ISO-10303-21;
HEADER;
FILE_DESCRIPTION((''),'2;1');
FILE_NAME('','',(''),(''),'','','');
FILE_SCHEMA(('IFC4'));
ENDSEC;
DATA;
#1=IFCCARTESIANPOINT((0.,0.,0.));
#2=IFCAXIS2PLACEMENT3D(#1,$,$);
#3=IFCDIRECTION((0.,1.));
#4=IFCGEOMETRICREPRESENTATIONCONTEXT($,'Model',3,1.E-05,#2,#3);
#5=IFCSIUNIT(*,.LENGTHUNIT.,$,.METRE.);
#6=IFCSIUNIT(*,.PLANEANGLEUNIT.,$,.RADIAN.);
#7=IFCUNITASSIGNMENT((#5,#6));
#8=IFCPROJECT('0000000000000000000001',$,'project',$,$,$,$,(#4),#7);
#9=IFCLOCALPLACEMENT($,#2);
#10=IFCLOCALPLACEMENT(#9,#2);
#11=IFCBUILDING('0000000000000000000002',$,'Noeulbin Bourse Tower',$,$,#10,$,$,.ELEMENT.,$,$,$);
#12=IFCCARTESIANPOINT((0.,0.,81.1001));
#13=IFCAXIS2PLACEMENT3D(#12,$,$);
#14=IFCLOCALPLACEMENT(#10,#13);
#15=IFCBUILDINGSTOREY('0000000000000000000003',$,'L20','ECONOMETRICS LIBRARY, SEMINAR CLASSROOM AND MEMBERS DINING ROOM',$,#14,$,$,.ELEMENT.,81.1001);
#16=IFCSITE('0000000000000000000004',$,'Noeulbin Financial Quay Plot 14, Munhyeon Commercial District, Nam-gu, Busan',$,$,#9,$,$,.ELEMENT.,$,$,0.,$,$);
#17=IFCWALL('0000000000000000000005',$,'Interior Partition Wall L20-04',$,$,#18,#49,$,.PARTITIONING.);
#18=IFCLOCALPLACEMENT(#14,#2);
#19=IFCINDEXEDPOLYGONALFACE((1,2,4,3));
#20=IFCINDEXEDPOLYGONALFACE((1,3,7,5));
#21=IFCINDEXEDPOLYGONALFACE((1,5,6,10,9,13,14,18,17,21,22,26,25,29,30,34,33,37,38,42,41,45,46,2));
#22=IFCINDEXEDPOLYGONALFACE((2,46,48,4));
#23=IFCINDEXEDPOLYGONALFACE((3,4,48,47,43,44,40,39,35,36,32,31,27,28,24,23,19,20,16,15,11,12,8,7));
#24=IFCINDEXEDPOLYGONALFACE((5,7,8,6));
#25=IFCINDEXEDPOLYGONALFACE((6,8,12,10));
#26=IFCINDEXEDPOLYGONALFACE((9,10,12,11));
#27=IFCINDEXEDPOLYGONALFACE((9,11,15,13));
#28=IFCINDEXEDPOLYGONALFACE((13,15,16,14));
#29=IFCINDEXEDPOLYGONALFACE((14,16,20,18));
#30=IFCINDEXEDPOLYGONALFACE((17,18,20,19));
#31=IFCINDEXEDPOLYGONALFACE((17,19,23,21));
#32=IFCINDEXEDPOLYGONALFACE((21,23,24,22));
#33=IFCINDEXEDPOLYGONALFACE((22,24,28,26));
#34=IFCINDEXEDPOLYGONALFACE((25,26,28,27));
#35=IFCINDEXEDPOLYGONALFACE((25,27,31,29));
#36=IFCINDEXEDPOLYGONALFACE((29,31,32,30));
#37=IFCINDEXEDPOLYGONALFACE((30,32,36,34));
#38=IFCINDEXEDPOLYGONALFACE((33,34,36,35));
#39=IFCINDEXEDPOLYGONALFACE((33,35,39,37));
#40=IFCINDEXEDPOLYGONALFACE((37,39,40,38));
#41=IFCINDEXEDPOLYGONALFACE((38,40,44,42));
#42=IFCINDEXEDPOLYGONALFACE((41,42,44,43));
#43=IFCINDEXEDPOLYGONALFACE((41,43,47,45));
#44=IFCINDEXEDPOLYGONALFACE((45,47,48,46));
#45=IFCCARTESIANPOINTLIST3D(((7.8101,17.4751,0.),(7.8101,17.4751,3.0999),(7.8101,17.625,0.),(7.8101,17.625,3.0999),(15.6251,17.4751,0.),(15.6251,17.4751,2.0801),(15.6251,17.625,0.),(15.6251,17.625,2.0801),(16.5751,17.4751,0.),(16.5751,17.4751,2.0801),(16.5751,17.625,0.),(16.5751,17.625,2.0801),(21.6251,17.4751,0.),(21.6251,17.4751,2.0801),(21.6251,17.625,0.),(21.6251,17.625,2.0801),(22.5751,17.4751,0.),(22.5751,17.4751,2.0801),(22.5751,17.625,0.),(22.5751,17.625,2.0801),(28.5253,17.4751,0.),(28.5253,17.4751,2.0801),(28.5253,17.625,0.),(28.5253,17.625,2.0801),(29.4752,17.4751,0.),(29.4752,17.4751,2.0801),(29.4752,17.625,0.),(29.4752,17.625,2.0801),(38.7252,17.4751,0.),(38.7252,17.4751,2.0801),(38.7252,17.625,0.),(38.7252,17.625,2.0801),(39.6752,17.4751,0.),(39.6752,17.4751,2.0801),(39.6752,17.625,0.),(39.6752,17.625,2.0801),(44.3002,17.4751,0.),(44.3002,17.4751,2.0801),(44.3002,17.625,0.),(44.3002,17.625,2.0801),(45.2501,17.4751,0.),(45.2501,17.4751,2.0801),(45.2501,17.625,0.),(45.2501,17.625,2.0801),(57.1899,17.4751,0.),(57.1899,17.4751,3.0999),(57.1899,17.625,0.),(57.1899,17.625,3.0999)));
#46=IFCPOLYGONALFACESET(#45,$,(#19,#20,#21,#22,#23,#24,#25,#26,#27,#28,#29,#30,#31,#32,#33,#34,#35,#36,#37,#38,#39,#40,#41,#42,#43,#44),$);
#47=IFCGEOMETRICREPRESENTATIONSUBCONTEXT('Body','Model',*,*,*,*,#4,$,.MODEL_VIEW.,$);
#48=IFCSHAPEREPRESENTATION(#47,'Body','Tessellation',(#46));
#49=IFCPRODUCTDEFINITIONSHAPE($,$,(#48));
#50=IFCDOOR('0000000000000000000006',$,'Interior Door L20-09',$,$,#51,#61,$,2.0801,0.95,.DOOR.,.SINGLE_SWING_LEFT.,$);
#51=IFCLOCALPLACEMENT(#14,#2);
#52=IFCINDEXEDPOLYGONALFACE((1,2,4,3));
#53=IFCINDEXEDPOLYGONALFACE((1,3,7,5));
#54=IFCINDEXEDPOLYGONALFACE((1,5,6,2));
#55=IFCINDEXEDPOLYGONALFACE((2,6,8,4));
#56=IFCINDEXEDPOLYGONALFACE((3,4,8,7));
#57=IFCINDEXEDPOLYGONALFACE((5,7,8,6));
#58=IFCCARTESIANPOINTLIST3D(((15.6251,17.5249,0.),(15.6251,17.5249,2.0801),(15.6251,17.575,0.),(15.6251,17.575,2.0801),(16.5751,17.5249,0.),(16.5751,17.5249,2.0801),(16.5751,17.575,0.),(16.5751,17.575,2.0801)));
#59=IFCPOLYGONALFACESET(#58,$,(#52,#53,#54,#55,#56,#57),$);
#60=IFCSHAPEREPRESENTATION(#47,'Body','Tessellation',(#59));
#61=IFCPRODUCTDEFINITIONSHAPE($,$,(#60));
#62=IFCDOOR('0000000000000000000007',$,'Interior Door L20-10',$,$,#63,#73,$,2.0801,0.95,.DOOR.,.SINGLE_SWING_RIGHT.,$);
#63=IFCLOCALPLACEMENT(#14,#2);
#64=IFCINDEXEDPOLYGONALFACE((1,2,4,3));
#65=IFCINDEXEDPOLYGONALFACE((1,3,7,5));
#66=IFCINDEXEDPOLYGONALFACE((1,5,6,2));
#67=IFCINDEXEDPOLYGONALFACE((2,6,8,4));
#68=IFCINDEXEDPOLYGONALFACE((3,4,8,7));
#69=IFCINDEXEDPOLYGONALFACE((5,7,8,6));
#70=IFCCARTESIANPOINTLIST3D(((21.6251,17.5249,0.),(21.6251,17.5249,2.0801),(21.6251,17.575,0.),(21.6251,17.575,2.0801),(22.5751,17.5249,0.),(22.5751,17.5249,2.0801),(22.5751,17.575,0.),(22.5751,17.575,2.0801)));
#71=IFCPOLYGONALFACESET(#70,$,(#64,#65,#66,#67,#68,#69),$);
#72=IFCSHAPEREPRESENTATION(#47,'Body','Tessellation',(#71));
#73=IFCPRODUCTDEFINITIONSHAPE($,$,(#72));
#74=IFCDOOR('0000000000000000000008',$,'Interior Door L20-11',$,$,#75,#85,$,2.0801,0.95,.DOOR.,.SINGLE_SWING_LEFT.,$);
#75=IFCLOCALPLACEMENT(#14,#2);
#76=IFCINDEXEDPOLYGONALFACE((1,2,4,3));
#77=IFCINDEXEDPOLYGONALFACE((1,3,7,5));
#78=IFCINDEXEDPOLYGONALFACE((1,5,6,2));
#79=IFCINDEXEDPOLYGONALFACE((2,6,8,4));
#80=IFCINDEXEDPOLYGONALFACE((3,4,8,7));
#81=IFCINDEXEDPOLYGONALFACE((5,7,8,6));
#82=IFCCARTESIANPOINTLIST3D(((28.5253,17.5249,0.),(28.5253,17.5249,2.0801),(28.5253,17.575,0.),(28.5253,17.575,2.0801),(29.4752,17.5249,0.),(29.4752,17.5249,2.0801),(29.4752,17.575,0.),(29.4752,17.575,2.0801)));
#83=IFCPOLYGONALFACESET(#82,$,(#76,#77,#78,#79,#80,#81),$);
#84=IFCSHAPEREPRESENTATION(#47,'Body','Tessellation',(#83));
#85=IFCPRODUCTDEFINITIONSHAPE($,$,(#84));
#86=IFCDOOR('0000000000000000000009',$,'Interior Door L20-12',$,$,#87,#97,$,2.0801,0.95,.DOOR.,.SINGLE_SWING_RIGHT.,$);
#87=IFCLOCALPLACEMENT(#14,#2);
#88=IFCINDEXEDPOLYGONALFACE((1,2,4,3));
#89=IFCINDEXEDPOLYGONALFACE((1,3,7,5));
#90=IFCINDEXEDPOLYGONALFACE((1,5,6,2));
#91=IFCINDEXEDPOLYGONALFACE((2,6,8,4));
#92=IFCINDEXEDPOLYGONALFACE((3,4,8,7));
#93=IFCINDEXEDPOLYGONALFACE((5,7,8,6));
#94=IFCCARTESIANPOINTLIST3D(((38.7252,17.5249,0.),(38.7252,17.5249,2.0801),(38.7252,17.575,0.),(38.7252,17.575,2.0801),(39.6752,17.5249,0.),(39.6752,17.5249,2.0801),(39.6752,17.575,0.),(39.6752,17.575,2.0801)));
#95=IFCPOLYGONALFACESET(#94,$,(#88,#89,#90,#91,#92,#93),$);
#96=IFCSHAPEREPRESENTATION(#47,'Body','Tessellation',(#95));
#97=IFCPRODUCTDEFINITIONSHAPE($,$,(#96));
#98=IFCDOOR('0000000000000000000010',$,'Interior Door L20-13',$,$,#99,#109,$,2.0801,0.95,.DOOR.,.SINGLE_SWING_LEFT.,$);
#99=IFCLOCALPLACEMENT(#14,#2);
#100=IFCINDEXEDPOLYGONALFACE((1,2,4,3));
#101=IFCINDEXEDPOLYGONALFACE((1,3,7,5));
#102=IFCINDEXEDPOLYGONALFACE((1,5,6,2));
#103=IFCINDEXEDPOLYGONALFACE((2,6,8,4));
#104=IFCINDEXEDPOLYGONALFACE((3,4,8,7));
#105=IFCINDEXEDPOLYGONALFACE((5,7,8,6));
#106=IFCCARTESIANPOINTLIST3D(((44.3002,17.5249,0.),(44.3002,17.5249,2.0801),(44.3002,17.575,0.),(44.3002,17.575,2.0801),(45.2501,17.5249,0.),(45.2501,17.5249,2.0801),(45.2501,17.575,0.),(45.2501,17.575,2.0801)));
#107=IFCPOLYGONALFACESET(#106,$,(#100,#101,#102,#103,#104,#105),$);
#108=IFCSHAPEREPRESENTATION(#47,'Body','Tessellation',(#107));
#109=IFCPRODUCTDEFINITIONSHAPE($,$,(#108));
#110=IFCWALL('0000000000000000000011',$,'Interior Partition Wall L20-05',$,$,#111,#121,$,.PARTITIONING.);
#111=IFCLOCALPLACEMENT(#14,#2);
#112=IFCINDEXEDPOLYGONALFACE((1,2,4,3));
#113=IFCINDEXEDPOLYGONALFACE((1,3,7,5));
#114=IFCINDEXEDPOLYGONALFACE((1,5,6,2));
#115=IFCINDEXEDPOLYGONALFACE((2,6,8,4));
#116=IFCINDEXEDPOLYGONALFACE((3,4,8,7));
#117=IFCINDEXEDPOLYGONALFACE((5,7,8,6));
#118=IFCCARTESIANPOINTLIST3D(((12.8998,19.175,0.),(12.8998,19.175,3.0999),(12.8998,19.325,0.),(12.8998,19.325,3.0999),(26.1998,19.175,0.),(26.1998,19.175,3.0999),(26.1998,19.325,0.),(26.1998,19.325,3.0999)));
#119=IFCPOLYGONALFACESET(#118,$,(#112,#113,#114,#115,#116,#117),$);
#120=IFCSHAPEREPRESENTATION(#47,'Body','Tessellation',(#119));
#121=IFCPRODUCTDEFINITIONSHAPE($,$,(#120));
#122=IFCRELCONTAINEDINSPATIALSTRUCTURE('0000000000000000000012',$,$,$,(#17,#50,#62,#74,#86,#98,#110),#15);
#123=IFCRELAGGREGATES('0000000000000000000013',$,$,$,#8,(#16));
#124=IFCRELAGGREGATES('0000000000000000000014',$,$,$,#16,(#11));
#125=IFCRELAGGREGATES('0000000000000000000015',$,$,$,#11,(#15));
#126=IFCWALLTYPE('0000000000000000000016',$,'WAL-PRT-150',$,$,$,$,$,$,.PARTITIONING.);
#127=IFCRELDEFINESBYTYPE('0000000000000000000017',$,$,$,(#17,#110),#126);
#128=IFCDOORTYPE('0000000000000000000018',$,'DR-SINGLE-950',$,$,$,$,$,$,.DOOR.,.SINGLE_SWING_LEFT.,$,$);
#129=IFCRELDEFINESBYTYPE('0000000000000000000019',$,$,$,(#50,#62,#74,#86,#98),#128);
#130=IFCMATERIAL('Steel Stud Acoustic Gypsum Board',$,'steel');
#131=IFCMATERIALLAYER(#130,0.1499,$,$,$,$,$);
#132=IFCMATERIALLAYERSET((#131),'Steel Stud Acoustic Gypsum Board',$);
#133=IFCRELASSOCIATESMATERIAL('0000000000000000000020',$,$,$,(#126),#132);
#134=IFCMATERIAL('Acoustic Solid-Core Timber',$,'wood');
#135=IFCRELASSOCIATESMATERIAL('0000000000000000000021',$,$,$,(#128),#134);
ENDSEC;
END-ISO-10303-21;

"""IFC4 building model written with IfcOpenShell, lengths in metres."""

from ifc_helpers import new_model, si_unit, direction, frame, frame_2d, origin, place, context, subcontext, project, spatial, rectangle, extrude, material, layer, layer_set, type_object, element, fill, save


model = new_model("IFC4")

# Units and contexts
model_context = context("Model", 3, precision=1e-05, world=origin(), true_north=direction((0.0, 1.0)))
body_context = subcontext(model_context, "Body", "Model", "MODEL_VIEW")
ifc_project = project(units=[si_unit("LENGTHUNIT", "METRE"), si_unit("PLANEANGLEUNIT", "RADIAN")], contexts=[model_context])

# Site, building, storey
site_placement = place(None, origin())
site = spatial("IfcSite", under=ifc_project, at=site_placement, Name="Noeulbin Financial Quay Plot 14, Munhyeon Commercial District, Nam-gu, Busan", CompositionType="ELEMENT", RefElevation=0.0)
building_placement = place(site_placement, origin())
building = spatial("IfcBuilding", under=site, at=building_placement, Name="Noeulbin Bourse Tower", CompositionType="ELEMENT")
storey_placement = place(building_placement, frame((0.0, 0.0, 81.1001)))
storey = spatial("IfcBuildingStorey", under=building, at=storey_placement, Name="L20", Description="ECONOMETRICS LIBRARY, SEMINAR CLASSROOM AND MEMBERS DINING ROOM", CompositionType="ELEMENT", Elevation=81.1001)

# Wall, openings, doors
ifc_material_1 = material(Name="Steel Stud Acoustic Gypsum Board", Category="steel")
ifc_layer_1 = layer(ifc_material_1, 0.1499)
ifc_layer_set_1 = layer_set([ifc_layer_1], Name="Steel Stud Acoustic Gypsum Board")
wall_type = type_object("IfcWallType", Name="WAL-PRT-150", PredefinedType="PARTITIONING", material=ifc_layer_set_1)
wall_1_placement = place(storey_placement, frame((7.8101, 17.55, 0.0), z_axis=(0.0, 0.0, 1.0), x_axis=(1.0, 0.0, 0.0)))
wall_1 = element("IfcWall", 1, at=wall_1_placement, inside=storey, type_object=wall_type, Name="Interior Partition Wall L20-04", PredefinedType="PARTITIONING", context=body_context, shape_type="SweptSolid", body=[
    extrude(rectangle(XDim=49.3799, YDim=0.1499, at=frame_2d((24.6899, 0.0))), origin(), (0.0, 0.0, 1.0), 3.0999),
])
opening_1_placement = place(wall_1_placement, frame((7.8149, 0.0, 0.0)))
opening_1 = element("IfcOpeningElement", 2, at=opening_1_placement, cuts=wall_1, PredefinedType="OPENING", context=body_context, shape_type="SweptSolid", body=[
    extrude(rectangle(XDim=0.95, YDim=2.0801, at=frame_2d((0.4751, 1.04))), frame((0.0, 0.085, 0.0), z_axis=(0.0, -1.0, 0.0), x_axis=(1.0, 0.0, 0.0)), (0.0, 0.0, 1.0), 0.1699),
])
opening_2_placement = place(wall_1_placement, frame((13.8149, 0.0, 0.0)))
opening_2 = element("IfcOpeningElement", 3, at=opening_2_placement, cuts=wall_1, PredefinedType="OPENING", context=body_context, shape_type="SweptSolid", body=[
    extrude(rectangle(XDim=0.95, YDim=2.0801, at=frame_2d((0.4751, 1.04))), frame((0.0, 0.085, 0.0), z_axis=(0.0, -1.0, 0.0), x_axis=(1.0, 0.0, 0.0)), (0.0, 0.0, 1.0), 0.1699),
])
opening_3_placement = place(wall_1_placement, frame((20.7151, 0.0, 0.0)))
opening_3 = element("IfcOpeningElement", 4, at=opening_3_placement, cuts=wall_1, PredefinedType="OPENING", context=body_context, shape_type="SweptSolid", body=[
    extrude(rectangle(XDim=0.95, YDim=2.0801, at=frame_2d((0.4751, 1.04))), frame((0.0, 0.085, 0.0), z_axis=(0.0, -1.0, 0.0), x_axis=(1.0, 0.0, 0.0)), (0.0, 0.0, 1.0), 0.1699),
])
opening_4_placement = place(wall_1_placement, frame((30.915, 0.0, 0.0)))
opening_4 = element("IfcOpeningElement", 5, at=opening_4_placement, cuts=wall_1, PredefinedType="OPENING", context=body_context, shape_type="SweptSolid", body=[
    extrude(rectangle(XDim=0.95, YDim=2.0801, at=frame_2d((0.4751, 1.04))), frame((0.0, 0.085, 0.0), z_axis=(0.0, -1.0, 0.0), x_axis=(1.0, 0.0, 0.0)), (0.0, 0.0, 1.0), 0.1699),
])
opening_5_placement = place(wall_1_placement, frame((36.49, 0.0, 0.0)))
opening_5 = element("IfcOpeningElement", 6, at=opening_5_placement, cuts=wall_1, PredefinedType="OPENING", context=body_context, shape_type="SweptSolid", body=[
    extrude(rectangle(XDim=0.95, YDim=2.0801, at=frame_2d((0.4751, 1.04))), frame((0.0, 0.085, 0.0), z_axis=(0.0, -1.0, 0.0), x_axis=(1.0, 0.0, 0.0)), (0.0, 0.0, 1.0), 0.1699),
])
ifc_material_2 = material(Name="Acoustic Solid-Core Timber", Category="wood")
door_type = type_object("IfcDoorType", Name="DR-SINGLE-950", OperationType="SINGLE_SWING_LEFT", PredefinedType="DOOR", material=ifc_material_2)
door_1_placement = place(opening_1_placement, origin())
door_1 = element("IfcDoor", 7, at=door_1_placement, inside=storey, type_object=door_type, Name="Interior Door L20-09", OperationType="SINGLE_SWING_LEFT", OverallHeight=2.0801, OverallWidth=0.95, PredefinedType="DOOR", context=body_context, shape_type="SweptSolid", body=[
    extrude(rectangle(XDim=0.95, YDim=2.0801, at=frame_2d((0.4751, 1.04))), frame((0.0, 0.0249, 0.0), z_axis=(0.0, -1.0, 0.0), x_axis=(1.0, 0.0, 0.0)), (0.0, 0.0, 1.0), 0.05),
])
fill(opening_1, door_1)
door_2_placement = place(opening_2_placement, origin())
door_2 = element("IfcDoor", 8, at=door_2_placement, inside=storey, type_object=door_type, Name="Interior Door L20-10", OperationType="SINGLE_SWING_RIGHT", OverallHeight=2.0801, OverallWidth=0.95, PredefinedType="DOOR", context=body_context, shape_type="SweptSolid", body=[
    extrude(rectangle(XDim=0.95, YDim=2.0801, at=frame_2d((0.4751, 1.04))), frame((0.0, 0.0249, 0.0), z_axis=(0.0, -1.0, 0.0), x_axis=(1.0, 0.0, 0.0)), (0.0, 0.0, 1.0), 0.05),
])
fill(opening_2, door_2)
door_3_placement = place(opening_3_placement, origin())
door_3 = element("IfcDoor", 9, at=door_3_placement, inside=storey, type_object=door_type, Name="Interior Door L20-11", OperationType="SINGLE_SWING_LEFT", OverallHeight=2.0801, OverallWidth=0.95, PredefinedType="DOOR", context=body_context, shape_type="SweptSolid", body=[
    extrude(rectangle(XDim=0.95, YDim=2.0801, at=frame_2d((0.4751, 1.04))), frame((0.0, 0.0249, 0.0), z_axis=(0.0, -1.0, 0.0), x_axis=(1.0, 0.0, 0.0)), (0.0, 0.0, 1.0), 0.05),
])
fill(opening_3, door_3)
door_4_placement = place(opening_4_placement, origin())
door_4 = element("IfcDoor", 10, at=door_4_placement, inside=storey, type_object=door_type, Name="Interior Door L20-12", OperationType="SINGLE_SWING_RIGHT", OverallHeight=2.0801, OverallWidth=0.95, PredefinedType="DOOR", context=body_context, shape_type="SweptSolid", body=[
    extrude(rectangle(XDim=0.95, YDim=2.0801, at=frame_2d((0.4751, 1.04))), frame((0.0, 0.0249, 0.0), z_axis=(0.0, -1.0, 0.0), x_axis=(1.0, 0.0, 0.0)), (0.0, 0.0, 1.0), 0.05),
])
fill(opening_4, door_4)
door_5_placement = place(opening_5_placement, origin())
door_5 = element("IfcDoor", 11, at=door_5_placement, inside=storey, type_object=door_type, Name="Interior Door L20-13", OperationType="SINGLE_SWING_LEFT", OverallHeight=2.0801, OverallWidth=0.95, PredefinedType="DOOR", context=body_context, shape_type="SweptSolid", body=[
    extrude(rectangle(XDim=0.95, YDim=2.0801, at=frame_2d((0.4751, 1.04))), frame((0.0, 0.0249, 0.0), z_axis=(0.0, -1.0, 0.0), x_axis=(1.0, 0.0, 0.0)), (0.0, 0.0, 1.0), 0.05),
])
fill(opening_5, door_5)

# Wall
wall_2_placement = place(storey_placement, frame((12.8999, 19.25, 0.0), z_axis=(0.0, 0.0, 1.0), x_axis=(1.0, 0.0, 0.0)))
element("IfcWall", 12, at=wall_2_placement, inside=storey, type_object=wall_type, Name="Interior Partition Wall L20-05", PredefinedType="PARTITIONING", context=body_context, shape_type="SweptSolid", body=[
    extrude(rectangle(XDim=13.3, YDim=0.1499, at=frame_2d((6.6499, 0.0))), origin(), (0.0, 0.0, 1.0), 3.0999),
])

save(model, "model.ifc")
